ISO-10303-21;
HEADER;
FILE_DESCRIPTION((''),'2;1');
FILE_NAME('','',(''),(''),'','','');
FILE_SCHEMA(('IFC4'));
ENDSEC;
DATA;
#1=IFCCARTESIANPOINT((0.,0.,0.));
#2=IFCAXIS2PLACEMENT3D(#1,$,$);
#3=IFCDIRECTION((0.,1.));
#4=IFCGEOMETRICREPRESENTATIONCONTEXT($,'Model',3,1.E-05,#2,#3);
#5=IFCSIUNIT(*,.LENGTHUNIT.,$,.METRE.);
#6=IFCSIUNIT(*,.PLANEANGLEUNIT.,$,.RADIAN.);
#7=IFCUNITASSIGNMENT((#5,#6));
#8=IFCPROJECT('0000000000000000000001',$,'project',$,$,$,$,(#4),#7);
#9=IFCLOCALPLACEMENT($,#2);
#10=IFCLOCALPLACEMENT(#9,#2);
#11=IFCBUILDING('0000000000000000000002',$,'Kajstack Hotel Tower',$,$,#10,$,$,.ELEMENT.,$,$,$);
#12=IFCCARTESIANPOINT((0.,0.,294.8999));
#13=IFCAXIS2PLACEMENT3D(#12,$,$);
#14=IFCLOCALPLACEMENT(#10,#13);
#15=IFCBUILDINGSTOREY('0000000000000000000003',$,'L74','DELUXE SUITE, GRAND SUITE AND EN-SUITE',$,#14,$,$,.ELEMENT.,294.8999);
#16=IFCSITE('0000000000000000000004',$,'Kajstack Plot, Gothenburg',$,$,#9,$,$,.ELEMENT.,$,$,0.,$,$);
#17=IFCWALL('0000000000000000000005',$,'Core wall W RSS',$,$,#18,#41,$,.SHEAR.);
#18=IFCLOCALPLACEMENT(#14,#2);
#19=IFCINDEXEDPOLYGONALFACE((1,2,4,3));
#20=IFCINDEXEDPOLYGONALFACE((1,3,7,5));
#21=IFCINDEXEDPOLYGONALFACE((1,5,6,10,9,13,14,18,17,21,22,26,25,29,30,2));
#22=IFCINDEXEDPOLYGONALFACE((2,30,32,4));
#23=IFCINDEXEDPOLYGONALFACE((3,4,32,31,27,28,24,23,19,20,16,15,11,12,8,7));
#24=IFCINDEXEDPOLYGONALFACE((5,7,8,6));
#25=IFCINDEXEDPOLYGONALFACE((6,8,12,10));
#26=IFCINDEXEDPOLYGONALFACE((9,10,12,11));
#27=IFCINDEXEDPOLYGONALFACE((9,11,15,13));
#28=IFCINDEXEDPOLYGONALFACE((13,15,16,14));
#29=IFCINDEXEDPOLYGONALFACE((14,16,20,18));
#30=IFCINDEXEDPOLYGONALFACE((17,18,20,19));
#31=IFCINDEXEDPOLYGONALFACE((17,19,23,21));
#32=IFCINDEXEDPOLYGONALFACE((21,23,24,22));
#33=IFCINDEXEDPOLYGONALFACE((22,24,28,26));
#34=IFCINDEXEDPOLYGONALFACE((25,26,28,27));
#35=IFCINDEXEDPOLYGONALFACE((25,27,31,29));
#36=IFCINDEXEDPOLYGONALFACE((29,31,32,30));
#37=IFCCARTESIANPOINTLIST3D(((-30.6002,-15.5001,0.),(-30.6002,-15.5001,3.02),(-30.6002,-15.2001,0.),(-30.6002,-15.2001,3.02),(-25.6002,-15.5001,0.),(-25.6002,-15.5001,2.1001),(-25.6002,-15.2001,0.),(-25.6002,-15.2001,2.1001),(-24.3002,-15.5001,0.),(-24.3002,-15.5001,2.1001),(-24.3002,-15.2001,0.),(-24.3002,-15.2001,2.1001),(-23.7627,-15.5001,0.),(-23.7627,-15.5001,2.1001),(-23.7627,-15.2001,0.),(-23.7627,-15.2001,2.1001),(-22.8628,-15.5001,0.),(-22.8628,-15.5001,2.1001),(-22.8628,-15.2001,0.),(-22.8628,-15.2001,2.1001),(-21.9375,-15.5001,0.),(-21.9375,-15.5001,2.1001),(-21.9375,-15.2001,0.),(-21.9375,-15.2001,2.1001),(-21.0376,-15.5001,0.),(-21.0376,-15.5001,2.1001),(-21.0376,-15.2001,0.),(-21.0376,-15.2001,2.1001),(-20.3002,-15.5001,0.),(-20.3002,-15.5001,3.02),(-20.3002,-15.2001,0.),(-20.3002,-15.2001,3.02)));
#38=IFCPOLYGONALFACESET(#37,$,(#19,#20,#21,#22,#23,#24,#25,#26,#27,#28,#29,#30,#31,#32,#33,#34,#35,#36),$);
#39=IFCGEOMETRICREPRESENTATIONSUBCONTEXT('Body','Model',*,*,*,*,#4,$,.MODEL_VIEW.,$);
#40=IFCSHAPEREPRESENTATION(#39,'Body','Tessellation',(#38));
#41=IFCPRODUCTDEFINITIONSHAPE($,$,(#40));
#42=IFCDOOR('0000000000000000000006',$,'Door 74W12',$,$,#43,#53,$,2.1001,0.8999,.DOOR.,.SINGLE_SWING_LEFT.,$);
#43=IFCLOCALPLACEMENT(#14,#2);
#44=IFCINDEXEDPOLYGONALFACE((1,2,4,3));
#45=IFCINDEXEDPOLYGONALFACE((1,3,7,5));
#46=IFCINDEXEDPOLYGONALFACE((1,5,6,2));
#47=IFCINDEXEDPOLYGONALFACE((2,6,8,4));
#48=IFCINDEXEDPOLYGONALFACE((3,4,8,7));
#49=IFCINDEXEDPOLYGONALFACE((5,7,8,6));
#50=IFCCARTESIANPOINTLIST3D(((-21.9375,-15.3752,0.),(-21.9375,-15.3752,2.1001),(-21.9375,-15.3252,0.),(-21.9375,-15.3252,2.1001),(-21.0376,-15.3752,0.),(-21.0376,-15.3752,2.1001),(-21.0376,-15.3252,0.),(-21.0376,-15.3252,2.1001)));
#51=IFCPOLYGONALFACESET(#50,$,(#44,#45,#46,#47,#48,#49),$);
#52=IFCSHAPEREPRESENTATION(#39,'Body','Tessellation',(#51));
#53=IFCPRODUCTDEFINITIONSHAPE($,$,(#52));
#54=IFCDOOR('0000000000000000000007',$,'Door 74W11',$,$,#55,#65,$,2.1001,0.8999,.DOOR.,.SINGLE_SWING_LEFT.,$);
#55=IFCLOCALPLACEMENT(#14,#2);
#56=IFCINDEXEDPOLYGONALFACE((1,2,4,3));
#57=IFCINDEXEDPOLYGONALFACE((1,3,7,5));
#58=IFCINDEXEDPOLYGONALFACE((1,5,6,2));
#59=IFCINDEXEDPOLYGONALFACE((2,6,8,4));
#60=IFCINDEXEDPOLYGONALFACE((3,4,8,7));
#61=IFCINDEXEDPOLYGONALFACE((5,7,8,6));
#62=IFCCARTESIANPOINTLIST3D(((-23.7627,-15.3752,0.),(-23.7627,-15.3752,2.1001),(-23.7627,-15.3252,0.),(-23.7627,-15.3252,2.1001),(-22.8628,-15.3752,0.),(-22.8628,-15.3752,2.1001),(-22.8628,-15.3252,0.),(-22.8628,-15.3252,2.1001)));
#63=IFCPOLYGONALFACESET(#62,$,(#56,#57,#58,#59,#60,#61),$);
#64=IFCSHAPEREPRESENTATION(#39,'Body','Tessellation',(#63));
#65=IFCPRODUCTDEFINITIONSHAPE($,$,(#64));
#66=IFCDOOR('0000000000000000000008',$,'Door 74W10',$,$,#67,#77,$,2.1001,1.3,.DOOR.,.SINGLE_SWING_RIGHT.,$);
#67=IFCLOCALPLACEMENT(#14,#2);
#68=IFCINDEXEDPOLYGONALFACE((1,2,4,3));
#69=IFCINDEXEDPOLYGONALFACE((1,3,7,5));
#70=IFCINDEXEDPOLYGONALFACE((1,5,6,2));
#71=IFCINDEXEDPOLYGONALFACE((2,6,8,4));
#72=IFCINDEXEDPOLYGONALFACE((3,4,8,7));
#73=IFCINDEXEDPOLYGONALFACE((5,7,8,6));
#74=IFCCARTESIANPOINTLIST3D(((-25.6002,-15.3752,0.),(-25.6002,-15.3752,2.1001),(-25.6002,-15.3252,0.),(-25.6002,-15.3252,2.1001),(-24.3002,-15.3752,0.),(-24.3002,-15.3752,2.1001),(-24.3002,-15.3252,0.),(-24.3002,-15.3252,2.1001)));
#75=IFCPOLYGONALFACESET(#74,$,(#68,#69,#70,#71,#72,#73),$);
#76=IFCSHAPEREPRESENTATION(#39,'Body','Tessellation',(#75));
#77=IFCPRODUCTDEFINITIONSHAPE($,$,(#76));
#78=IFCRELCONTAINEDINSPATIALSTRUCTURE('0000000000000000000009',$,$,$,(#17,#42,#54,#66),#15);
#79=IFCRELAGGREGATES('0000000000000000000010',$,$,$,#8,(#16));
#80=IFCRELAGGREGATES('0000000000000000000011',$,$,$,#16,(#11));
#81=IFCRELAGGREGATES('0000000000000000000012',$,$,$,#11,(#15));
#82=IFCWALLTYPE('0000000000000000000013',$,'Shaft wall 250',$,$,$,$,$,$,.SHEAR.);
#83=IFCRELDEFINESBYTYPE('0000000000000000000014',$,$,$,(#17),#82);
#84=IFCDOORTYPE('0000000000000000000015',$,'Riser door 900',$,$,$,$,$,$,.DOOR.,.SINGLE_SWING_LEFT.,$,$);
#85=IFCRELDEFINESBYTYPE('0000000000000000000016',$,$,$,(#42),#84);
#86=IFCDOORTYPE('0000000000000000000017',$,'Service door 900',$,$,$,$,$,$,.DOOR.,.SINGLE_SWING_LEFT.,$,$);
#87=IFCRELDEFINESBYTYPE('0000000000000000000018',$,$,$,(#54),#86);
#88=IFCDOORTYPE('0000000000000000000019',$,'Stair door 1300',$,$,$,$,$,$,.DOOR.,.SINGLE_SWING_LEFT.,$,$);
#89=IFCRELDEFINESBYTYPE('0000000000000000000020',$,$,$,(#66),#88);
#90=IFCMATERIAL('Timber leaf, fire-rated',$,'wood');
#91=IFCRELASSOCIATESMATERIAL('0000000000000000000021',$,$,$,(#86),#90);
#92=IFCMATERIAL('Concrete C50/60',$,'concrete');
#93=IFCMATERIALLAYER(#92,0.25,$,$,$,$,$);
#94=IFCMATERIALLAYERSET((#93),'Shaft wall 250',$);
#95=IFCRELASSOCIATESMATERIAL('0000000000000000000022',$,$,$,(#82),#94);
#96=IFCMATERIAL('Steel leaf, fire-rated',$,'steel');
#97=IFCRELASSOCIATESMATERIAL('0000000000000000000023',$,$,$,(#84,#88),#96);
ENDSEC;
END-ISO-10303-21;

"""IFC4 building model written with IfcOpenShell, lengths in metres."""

from ifc_helpers import new_model, si_unit, direction, frame, frame_2d, origin, place, context, subcontext, project, spatial, rectangle, extrude, material, layer, layer_set, type_object, element, fill, save


model = new_model("IFC4")

# Units and contexts
model_context = context("Model", 3, precision=1e-05, world=origin(), true_north=direction((0.0, 1.0)))
body_context = subcontext(model_context, "Body", "Model", "MODEL_VIEW")
ifc_project = project(units=[si_unit("LENGTHUNIT", "METRE"), si_unit("PLANEANGLEUNIT", "RADIAN")], contexts=[model_context])

# Site, building, storey
site_placement = place(None, origin())
site = spatial("IfcSite", under=ifc_project, at=site_placement, Name="Kajstack Plot, Gothenburg", CompositionType="ELEMENT", RefElevation=0.0)
building_placement = place(site_placement, origin())
building = spatial("IfcBuilding", under=site, at=building_placement, Name="Kajstack Hotel Tower", CompositionType="ELEMENT")
storey_placement = place(building_placement, frame((0.0, 0.0, 294.8999)))
storey = spatial("IfcBuildingStorey", under=building, at=storey_placement, Name="L74", Description="DELUXE SUITE, GRAND SUITE AND EN-SUITE", CompositionType="ELEMENT", Elevation=294.8999)

# Shared definitions
ifc_material_1 = material(Name="Timber leaf, fire-rated", Category="wood")
door_type_1 = type_object("IfcDoorType", Name="Service door 900", OperationType="SINGLE_SWING_LEFT", PredefinedType="DOOR", material=ifc_material_1)

# Wall, openings, doors
ifc_material_2 = material(Name="Concrete C50/60", Category="concrete")
ifc_layer_1 = layer(ifc_material_2, 0.25)
ifc_layer_set_1 = layer_set([ifc_layer_1], Name="Shaft wall 250")
wall_type_1 = type_object("IfcWallType", Name="Shaft wall 250", PredefinedType="SHEAR", material=ifc_layer_set_1)
wall_1_placement = place(storey_placement, frame((-30.6001, -15.3501, 0.0), z_axis=(0.0, 0.0, 1.0), x_axis=(1.0, 0.0, 0.0)))
wall_1 = element("IfcWall", 1, at=wall_1_placement, inside=storey, type_object=wall_type_1, Name="Core wall W RSS", PredefinedType="SHEAR", context=body_context, shape_type="SweptSolid", body=[
    extrude(rectangle(XDim=10.3, YDim=0.3, at=frame_2d((5.1499, 0.0))), origin(), (0.0, 0.0, 1.0), 3.02),
])
opening_1_placement = place(wall_1_placement, frame((5.0, 0.0, 0.0)))
opening_1 = element("IfcOpeningElement", 2, at=opening_1_placement, cuts=wall_1, PredefinedType="OPENING", context=body_context, shape_type="SweptSolid", body=[
    extrude(rectangle(XDim=1.3, YDim=2.1001, at=frame_2d((0.6499, 1.05))), frame((0.0, 0.1599, 0.0), z_axis=(0.0, -1.0, 0.0), x_axis=(1.0, 0.0, 0.0)), (0.0, 0.0, 1.0), 0.3201),
])
opening_2_placement = place(wall_1_placement, frame((6.8374, 0.0, 0.0)))
opening_2 = element("IfcOpeningElement", 3, at=opening_2_placement, cuts=wall_1, PredefinedType="OPENING", context=body_context, shape_type="SweptSolid", body=[
    extrude(rectangle(XDim=0.8999, YDim=2.1001, at=frame_2d((0.45, 1.05))), frame((0.0, 0.1599, 0.0), z_axis=(0.0, -1.0, 0.0), x_axis=(1.0, 0.0, 0.0)), (0.0, 0.0, 1.0), 0.3201),
])
opening_3_placement = place(wall_1_placement, frame((8.6626, 0.0, 0.0)))
opening_3 = element("IfcOpeningElement", 4, at=opening_3_placement, cuts=wall_1, PredefinedType="OPENING", context=body_context, shape_type="SweptSolid", body=[
    extrude(rectangle(XDim=0.8999, YDim=2.1001, at=frame_2d((0.45, 1.05))), frame((0.0, 0.1599, 0.0), z_axis=(0.0, -1.0, 0.0), x_axis=(1.0, 0.0, 0.0)), (0.0, 0.0, 1.0), 0.3201),
])
ifc_material_3 = material(Name="Steel leaf, fire-rated", Category="steel")
door_type_2 = type_object("IfcDoorType", Name="Riser door 900", OperationType="SINGLE_SWING_LEFT", PredefinedType="DOOR", material=ifc_material_3)
door_1_placement = place(opening_3_placement, origin())
door_1 = element("IfcDoor", 5, at=door_1_placement, inside=storey, type_object=door_type_2, Name="Door 74W12", OperationType="SINGLE_SWING_LEFT", OverallHeight=2.1001, OverallWidth=0.8999, PredefinedType="DOOR", context=body_context, shape_type="SweptSolid", body=[
    extrude(rectangle(XDim=0.8999, YDim=2.1001, at=frame_2d((0.45, 1.05))), frame((0.0, 0.0249, 0.0), z_axis=(0.0, -1.0, 0.0), x_axis=(1.0, 0.0, 0.0)), (0.0, 0.0, 1.0), 0.05),
])
fill(opening_3, door_1)
door_2_placement = place(opening_2_placement, origin())
door_2 = element("IfcDoor", 6, at=door_2_placement, inside=storey, type_object=door_type_1, Name="Door 74W11", OperationType="SINGLE_SWING_LEFT", OverallHeight=2.1001, OverallWidth=0.8999, PredefinedType="DOOR", context=body_context, shape_type="SweptSolid", body=[
    extrude(rectangle(XDim=0.8999, YDim=2.1001, at=frame_2d((0.45, 1.05))), frame((0.0, 0.0249, 0.0), z_axis=(0.0, -1.0, 0.0), x_axis=(1.0, 0.0, 0.0)), (0.0, 0.0, 1.0), 0.05),
])
fill(opening_2, door_2)
door_type_3 = type_object("IfcDoorType", Name="Stair door 1300", OperationType="SINGLE_SWING_LEFT", PredefinedType="DOOR", material=ifc_material_3)
door_3_placement = place(opening_1_placement, origin())
door_3 = element("IfcDoor", 7, at=door_3_placement, inside=storey, type_object=door_type_3, Name="Door 74W10", OperationType="SINGLE_SWING_RIGHT", OverallHeight=2.1001, OverallWidth=1.3, PredefinedType="DOOR", context=body_context, shape_type="SweptSolid", body=[
    extrude(rectangle(XDim=1.3, YDim=2.1001, at=frame_2d((0.6499, 1.05))), frame((0.0, 0.0249, 0.0), z_axis=(0.0, -1.0, 0.0), x_axis=(1.0, 0.0, 0.0)), (0.0, 0.0, 1.0), 0.05),
])
fill(opening_1, door_3)

save(model, "model.ifc")
